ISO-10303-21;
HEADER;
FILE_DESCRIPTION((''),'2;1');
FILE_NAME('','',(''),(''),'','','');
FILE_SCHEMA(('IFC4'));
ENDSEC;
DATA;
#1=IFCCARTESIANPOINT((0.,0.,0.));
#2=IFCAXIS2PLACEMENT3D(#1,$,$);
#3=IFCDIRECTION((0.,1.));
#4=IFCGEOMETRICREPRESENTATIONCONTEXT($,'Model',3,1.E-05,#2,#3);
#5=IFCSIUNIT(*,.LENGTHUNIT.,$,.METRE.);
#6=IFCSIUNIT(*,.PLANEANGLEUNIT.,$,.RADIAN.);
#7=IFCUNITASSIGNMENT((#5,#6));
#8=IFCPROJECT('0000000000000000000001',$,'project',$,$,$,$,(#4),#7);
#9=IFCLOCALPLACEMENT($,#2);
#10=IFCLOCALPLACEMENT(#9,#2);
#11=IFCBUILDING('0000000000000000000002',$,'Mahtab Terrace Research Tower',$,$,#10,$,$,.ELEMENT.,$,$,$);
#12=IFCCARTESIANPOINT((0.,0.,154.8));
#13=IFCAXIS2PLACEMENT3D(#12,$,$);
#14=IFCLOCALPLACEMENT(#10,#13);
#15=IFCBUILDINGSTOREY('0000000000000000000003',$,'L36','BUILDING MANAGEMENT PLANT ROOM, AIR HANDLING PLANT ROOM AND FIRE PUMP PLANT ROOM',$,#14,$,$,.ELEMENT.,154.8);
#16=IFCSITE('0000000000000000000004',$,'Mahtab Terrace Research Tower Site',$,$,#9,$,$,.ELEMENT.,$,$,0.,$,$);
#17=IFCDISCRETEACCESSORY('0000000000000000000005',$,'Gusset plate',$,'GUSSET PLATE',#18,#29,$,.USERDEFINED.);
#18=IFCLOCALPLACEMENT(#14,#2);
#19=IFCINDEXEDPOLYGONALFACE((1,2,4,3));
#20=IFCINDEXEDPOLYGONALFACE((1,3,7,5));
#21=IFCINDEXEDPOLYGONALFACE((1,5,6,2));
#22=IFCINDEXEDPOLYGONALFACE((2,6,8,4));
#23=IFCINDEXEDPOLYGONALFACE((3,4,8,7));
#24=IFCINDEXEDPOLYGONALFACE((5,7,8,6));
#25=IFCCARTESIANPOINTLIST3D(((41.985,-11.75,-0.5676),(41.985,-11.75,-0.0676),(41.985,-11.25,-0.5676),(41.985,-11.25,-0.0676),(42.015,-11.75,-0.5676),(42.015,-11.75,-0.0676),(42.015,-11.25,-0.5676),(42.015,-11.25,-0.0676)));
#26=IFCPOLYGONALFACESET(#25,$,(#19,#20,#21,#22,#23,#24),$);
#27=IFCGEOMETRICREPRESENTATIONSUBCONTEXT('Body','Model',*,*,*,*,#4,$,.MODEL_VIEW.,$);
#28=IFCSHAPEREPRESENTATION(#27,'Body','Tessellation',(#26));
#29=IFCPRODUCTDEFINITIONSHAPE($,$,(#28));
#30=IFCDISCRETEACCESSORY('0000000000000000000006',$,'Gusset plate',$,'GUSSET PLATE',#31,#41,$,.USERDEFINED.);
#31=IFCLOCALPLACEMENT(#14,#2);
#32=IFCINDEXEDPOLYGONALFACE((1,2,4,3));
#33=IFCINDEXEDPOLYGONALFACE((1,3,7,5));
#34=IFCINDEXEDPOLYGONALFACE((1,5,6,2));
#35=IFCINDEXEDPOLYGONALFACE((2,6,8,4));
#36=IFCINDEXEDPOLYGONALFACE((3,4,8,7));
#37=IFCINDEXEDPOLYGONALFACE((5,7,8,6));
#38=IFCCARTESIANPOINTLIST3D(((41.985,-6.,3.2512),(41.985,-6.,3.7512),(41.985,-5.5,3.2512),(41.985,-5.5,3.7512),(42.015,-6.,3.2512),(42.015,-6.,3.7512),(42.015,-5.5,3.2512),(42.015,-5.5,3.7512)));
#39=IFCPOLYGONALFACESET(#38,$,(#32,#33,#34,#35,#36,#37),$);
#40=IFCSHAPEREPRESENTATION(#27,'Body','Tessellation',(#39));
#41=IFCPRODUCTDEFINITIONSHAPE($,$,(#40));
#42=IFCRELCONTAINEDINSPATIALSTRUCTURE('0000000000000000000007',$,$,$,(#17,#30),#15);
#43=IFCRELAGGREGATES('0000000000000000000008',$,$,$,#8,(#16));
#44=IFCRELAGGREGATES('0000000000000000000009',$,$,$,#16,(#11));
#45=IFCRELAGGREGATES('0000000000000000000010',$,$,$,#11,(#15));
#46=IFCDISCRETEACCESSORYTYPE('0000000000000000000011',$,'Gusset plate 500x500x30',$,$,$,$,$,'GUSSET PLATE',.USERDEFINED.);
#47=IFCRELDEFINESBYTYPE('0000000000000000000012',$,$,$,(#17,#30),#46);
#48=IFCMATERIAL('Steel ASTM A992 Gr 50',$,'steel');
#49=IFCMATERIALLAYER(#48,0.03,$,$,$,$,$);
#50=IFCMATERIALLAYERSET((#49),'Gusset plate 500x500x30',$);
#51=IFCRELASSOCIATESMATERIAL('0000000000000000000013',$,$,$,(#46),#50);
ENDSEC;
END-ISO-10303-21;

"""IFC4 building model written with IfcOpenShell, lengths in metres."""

from ifc_helpers import new_model, si_unit, direction, frame, origin, origin_2d, place, context, subcontext, project, spatial, rectangle, extrude, material, layer, layer_set, type_object, element, save


model = new_model("IFC4")

# Units and contexts
model_context = context("Model", 3, precision=1e-05, world=origin(), true_north=direction((0.0, 1.0)))
body_context = subcontext(model_context, "Body", "Model", "MODEL_VIEW")
ifc_project = project(units=[si_unit("LENGTHUNIT", "METRE"), si_unit("PLANEANGLEUNIT", "RADIAN")], contexts=[model_context])

# Site, building, storey
site_placement = place(None, origin())
site = spatial("IfcSite", under=ifc_project, at=site_placement, Name="Mahtab Terrace Research Tower Site", CompositionType="ELEMENT", RefElevation=0.0)
building_placement = place(site_placement, origin())
building = spatial("IfcBuilding", under=site, at=building_placement, Name="Mahtab Terrace Research Tower", CompositionType="ELEMENT")
storey_placement = place(building_placement, frame((0.0, 0.0, 154.8)))
storey = spatial("IfcBuildingStorey", under=building, at=storey_placement, Name="L36", Description="BUILDING MANAGEMENT PLANT ROOM, AIR HANDLING PLANT ROOM AND FIRE PUMP PLANT ROOM", CompositionType="ELEMENT", Elevation=154.8)

# Shared definitions
ifc_material_1 = material(Name="Steel ASTM A992 Gr 50", Category="steel")

# Discrete accessories
ifc_layer_1 = layer(ifc_material_1, 0.03)
ifc_layer_set_1 = layer_set([ifc_layer_1], Name="Gusset plate 500x500x30")
discrete_accessory_type = type_object("IfcDiscreteAccessoryType", Name="Gusset plate 500x500x30", ElementType="GUSSET PLATE", PredefinedType="USERDEFINED", material=ifc_layer_set_1)
for number, where, z_axis, x_axis, name in (
    (1, (42.0, -11.5, -0.5676), (0.0, 0.0, 1.0), (0.0, 1.0, 0.0), "Gusset plate"),
    (2, (42.0, -5.75, 3.2512), (0.0, 0.0, 1.0), (0.0, 1.0, 0.0), "Gusset plate"),
):
    element("IfcDiscreteAccessory", number, at=place(storey_placement, frame(where, z_axis=z_axis, x_axis=x_axis)), inside=storey, type_object=discrete_accessory_type, Name=name, ObjectType="GUSSET PLATE", PredefinedType="USERDEFINED", context=body_context, shape_type="SweptSolid", body=[
        extrude(rectangle(XDim=0.5, YDim=0.03, at=origin_2d()), origin(), (0.0, 0.0, 1.0), 0.5),
    ])

save(model, "model.ifc")
